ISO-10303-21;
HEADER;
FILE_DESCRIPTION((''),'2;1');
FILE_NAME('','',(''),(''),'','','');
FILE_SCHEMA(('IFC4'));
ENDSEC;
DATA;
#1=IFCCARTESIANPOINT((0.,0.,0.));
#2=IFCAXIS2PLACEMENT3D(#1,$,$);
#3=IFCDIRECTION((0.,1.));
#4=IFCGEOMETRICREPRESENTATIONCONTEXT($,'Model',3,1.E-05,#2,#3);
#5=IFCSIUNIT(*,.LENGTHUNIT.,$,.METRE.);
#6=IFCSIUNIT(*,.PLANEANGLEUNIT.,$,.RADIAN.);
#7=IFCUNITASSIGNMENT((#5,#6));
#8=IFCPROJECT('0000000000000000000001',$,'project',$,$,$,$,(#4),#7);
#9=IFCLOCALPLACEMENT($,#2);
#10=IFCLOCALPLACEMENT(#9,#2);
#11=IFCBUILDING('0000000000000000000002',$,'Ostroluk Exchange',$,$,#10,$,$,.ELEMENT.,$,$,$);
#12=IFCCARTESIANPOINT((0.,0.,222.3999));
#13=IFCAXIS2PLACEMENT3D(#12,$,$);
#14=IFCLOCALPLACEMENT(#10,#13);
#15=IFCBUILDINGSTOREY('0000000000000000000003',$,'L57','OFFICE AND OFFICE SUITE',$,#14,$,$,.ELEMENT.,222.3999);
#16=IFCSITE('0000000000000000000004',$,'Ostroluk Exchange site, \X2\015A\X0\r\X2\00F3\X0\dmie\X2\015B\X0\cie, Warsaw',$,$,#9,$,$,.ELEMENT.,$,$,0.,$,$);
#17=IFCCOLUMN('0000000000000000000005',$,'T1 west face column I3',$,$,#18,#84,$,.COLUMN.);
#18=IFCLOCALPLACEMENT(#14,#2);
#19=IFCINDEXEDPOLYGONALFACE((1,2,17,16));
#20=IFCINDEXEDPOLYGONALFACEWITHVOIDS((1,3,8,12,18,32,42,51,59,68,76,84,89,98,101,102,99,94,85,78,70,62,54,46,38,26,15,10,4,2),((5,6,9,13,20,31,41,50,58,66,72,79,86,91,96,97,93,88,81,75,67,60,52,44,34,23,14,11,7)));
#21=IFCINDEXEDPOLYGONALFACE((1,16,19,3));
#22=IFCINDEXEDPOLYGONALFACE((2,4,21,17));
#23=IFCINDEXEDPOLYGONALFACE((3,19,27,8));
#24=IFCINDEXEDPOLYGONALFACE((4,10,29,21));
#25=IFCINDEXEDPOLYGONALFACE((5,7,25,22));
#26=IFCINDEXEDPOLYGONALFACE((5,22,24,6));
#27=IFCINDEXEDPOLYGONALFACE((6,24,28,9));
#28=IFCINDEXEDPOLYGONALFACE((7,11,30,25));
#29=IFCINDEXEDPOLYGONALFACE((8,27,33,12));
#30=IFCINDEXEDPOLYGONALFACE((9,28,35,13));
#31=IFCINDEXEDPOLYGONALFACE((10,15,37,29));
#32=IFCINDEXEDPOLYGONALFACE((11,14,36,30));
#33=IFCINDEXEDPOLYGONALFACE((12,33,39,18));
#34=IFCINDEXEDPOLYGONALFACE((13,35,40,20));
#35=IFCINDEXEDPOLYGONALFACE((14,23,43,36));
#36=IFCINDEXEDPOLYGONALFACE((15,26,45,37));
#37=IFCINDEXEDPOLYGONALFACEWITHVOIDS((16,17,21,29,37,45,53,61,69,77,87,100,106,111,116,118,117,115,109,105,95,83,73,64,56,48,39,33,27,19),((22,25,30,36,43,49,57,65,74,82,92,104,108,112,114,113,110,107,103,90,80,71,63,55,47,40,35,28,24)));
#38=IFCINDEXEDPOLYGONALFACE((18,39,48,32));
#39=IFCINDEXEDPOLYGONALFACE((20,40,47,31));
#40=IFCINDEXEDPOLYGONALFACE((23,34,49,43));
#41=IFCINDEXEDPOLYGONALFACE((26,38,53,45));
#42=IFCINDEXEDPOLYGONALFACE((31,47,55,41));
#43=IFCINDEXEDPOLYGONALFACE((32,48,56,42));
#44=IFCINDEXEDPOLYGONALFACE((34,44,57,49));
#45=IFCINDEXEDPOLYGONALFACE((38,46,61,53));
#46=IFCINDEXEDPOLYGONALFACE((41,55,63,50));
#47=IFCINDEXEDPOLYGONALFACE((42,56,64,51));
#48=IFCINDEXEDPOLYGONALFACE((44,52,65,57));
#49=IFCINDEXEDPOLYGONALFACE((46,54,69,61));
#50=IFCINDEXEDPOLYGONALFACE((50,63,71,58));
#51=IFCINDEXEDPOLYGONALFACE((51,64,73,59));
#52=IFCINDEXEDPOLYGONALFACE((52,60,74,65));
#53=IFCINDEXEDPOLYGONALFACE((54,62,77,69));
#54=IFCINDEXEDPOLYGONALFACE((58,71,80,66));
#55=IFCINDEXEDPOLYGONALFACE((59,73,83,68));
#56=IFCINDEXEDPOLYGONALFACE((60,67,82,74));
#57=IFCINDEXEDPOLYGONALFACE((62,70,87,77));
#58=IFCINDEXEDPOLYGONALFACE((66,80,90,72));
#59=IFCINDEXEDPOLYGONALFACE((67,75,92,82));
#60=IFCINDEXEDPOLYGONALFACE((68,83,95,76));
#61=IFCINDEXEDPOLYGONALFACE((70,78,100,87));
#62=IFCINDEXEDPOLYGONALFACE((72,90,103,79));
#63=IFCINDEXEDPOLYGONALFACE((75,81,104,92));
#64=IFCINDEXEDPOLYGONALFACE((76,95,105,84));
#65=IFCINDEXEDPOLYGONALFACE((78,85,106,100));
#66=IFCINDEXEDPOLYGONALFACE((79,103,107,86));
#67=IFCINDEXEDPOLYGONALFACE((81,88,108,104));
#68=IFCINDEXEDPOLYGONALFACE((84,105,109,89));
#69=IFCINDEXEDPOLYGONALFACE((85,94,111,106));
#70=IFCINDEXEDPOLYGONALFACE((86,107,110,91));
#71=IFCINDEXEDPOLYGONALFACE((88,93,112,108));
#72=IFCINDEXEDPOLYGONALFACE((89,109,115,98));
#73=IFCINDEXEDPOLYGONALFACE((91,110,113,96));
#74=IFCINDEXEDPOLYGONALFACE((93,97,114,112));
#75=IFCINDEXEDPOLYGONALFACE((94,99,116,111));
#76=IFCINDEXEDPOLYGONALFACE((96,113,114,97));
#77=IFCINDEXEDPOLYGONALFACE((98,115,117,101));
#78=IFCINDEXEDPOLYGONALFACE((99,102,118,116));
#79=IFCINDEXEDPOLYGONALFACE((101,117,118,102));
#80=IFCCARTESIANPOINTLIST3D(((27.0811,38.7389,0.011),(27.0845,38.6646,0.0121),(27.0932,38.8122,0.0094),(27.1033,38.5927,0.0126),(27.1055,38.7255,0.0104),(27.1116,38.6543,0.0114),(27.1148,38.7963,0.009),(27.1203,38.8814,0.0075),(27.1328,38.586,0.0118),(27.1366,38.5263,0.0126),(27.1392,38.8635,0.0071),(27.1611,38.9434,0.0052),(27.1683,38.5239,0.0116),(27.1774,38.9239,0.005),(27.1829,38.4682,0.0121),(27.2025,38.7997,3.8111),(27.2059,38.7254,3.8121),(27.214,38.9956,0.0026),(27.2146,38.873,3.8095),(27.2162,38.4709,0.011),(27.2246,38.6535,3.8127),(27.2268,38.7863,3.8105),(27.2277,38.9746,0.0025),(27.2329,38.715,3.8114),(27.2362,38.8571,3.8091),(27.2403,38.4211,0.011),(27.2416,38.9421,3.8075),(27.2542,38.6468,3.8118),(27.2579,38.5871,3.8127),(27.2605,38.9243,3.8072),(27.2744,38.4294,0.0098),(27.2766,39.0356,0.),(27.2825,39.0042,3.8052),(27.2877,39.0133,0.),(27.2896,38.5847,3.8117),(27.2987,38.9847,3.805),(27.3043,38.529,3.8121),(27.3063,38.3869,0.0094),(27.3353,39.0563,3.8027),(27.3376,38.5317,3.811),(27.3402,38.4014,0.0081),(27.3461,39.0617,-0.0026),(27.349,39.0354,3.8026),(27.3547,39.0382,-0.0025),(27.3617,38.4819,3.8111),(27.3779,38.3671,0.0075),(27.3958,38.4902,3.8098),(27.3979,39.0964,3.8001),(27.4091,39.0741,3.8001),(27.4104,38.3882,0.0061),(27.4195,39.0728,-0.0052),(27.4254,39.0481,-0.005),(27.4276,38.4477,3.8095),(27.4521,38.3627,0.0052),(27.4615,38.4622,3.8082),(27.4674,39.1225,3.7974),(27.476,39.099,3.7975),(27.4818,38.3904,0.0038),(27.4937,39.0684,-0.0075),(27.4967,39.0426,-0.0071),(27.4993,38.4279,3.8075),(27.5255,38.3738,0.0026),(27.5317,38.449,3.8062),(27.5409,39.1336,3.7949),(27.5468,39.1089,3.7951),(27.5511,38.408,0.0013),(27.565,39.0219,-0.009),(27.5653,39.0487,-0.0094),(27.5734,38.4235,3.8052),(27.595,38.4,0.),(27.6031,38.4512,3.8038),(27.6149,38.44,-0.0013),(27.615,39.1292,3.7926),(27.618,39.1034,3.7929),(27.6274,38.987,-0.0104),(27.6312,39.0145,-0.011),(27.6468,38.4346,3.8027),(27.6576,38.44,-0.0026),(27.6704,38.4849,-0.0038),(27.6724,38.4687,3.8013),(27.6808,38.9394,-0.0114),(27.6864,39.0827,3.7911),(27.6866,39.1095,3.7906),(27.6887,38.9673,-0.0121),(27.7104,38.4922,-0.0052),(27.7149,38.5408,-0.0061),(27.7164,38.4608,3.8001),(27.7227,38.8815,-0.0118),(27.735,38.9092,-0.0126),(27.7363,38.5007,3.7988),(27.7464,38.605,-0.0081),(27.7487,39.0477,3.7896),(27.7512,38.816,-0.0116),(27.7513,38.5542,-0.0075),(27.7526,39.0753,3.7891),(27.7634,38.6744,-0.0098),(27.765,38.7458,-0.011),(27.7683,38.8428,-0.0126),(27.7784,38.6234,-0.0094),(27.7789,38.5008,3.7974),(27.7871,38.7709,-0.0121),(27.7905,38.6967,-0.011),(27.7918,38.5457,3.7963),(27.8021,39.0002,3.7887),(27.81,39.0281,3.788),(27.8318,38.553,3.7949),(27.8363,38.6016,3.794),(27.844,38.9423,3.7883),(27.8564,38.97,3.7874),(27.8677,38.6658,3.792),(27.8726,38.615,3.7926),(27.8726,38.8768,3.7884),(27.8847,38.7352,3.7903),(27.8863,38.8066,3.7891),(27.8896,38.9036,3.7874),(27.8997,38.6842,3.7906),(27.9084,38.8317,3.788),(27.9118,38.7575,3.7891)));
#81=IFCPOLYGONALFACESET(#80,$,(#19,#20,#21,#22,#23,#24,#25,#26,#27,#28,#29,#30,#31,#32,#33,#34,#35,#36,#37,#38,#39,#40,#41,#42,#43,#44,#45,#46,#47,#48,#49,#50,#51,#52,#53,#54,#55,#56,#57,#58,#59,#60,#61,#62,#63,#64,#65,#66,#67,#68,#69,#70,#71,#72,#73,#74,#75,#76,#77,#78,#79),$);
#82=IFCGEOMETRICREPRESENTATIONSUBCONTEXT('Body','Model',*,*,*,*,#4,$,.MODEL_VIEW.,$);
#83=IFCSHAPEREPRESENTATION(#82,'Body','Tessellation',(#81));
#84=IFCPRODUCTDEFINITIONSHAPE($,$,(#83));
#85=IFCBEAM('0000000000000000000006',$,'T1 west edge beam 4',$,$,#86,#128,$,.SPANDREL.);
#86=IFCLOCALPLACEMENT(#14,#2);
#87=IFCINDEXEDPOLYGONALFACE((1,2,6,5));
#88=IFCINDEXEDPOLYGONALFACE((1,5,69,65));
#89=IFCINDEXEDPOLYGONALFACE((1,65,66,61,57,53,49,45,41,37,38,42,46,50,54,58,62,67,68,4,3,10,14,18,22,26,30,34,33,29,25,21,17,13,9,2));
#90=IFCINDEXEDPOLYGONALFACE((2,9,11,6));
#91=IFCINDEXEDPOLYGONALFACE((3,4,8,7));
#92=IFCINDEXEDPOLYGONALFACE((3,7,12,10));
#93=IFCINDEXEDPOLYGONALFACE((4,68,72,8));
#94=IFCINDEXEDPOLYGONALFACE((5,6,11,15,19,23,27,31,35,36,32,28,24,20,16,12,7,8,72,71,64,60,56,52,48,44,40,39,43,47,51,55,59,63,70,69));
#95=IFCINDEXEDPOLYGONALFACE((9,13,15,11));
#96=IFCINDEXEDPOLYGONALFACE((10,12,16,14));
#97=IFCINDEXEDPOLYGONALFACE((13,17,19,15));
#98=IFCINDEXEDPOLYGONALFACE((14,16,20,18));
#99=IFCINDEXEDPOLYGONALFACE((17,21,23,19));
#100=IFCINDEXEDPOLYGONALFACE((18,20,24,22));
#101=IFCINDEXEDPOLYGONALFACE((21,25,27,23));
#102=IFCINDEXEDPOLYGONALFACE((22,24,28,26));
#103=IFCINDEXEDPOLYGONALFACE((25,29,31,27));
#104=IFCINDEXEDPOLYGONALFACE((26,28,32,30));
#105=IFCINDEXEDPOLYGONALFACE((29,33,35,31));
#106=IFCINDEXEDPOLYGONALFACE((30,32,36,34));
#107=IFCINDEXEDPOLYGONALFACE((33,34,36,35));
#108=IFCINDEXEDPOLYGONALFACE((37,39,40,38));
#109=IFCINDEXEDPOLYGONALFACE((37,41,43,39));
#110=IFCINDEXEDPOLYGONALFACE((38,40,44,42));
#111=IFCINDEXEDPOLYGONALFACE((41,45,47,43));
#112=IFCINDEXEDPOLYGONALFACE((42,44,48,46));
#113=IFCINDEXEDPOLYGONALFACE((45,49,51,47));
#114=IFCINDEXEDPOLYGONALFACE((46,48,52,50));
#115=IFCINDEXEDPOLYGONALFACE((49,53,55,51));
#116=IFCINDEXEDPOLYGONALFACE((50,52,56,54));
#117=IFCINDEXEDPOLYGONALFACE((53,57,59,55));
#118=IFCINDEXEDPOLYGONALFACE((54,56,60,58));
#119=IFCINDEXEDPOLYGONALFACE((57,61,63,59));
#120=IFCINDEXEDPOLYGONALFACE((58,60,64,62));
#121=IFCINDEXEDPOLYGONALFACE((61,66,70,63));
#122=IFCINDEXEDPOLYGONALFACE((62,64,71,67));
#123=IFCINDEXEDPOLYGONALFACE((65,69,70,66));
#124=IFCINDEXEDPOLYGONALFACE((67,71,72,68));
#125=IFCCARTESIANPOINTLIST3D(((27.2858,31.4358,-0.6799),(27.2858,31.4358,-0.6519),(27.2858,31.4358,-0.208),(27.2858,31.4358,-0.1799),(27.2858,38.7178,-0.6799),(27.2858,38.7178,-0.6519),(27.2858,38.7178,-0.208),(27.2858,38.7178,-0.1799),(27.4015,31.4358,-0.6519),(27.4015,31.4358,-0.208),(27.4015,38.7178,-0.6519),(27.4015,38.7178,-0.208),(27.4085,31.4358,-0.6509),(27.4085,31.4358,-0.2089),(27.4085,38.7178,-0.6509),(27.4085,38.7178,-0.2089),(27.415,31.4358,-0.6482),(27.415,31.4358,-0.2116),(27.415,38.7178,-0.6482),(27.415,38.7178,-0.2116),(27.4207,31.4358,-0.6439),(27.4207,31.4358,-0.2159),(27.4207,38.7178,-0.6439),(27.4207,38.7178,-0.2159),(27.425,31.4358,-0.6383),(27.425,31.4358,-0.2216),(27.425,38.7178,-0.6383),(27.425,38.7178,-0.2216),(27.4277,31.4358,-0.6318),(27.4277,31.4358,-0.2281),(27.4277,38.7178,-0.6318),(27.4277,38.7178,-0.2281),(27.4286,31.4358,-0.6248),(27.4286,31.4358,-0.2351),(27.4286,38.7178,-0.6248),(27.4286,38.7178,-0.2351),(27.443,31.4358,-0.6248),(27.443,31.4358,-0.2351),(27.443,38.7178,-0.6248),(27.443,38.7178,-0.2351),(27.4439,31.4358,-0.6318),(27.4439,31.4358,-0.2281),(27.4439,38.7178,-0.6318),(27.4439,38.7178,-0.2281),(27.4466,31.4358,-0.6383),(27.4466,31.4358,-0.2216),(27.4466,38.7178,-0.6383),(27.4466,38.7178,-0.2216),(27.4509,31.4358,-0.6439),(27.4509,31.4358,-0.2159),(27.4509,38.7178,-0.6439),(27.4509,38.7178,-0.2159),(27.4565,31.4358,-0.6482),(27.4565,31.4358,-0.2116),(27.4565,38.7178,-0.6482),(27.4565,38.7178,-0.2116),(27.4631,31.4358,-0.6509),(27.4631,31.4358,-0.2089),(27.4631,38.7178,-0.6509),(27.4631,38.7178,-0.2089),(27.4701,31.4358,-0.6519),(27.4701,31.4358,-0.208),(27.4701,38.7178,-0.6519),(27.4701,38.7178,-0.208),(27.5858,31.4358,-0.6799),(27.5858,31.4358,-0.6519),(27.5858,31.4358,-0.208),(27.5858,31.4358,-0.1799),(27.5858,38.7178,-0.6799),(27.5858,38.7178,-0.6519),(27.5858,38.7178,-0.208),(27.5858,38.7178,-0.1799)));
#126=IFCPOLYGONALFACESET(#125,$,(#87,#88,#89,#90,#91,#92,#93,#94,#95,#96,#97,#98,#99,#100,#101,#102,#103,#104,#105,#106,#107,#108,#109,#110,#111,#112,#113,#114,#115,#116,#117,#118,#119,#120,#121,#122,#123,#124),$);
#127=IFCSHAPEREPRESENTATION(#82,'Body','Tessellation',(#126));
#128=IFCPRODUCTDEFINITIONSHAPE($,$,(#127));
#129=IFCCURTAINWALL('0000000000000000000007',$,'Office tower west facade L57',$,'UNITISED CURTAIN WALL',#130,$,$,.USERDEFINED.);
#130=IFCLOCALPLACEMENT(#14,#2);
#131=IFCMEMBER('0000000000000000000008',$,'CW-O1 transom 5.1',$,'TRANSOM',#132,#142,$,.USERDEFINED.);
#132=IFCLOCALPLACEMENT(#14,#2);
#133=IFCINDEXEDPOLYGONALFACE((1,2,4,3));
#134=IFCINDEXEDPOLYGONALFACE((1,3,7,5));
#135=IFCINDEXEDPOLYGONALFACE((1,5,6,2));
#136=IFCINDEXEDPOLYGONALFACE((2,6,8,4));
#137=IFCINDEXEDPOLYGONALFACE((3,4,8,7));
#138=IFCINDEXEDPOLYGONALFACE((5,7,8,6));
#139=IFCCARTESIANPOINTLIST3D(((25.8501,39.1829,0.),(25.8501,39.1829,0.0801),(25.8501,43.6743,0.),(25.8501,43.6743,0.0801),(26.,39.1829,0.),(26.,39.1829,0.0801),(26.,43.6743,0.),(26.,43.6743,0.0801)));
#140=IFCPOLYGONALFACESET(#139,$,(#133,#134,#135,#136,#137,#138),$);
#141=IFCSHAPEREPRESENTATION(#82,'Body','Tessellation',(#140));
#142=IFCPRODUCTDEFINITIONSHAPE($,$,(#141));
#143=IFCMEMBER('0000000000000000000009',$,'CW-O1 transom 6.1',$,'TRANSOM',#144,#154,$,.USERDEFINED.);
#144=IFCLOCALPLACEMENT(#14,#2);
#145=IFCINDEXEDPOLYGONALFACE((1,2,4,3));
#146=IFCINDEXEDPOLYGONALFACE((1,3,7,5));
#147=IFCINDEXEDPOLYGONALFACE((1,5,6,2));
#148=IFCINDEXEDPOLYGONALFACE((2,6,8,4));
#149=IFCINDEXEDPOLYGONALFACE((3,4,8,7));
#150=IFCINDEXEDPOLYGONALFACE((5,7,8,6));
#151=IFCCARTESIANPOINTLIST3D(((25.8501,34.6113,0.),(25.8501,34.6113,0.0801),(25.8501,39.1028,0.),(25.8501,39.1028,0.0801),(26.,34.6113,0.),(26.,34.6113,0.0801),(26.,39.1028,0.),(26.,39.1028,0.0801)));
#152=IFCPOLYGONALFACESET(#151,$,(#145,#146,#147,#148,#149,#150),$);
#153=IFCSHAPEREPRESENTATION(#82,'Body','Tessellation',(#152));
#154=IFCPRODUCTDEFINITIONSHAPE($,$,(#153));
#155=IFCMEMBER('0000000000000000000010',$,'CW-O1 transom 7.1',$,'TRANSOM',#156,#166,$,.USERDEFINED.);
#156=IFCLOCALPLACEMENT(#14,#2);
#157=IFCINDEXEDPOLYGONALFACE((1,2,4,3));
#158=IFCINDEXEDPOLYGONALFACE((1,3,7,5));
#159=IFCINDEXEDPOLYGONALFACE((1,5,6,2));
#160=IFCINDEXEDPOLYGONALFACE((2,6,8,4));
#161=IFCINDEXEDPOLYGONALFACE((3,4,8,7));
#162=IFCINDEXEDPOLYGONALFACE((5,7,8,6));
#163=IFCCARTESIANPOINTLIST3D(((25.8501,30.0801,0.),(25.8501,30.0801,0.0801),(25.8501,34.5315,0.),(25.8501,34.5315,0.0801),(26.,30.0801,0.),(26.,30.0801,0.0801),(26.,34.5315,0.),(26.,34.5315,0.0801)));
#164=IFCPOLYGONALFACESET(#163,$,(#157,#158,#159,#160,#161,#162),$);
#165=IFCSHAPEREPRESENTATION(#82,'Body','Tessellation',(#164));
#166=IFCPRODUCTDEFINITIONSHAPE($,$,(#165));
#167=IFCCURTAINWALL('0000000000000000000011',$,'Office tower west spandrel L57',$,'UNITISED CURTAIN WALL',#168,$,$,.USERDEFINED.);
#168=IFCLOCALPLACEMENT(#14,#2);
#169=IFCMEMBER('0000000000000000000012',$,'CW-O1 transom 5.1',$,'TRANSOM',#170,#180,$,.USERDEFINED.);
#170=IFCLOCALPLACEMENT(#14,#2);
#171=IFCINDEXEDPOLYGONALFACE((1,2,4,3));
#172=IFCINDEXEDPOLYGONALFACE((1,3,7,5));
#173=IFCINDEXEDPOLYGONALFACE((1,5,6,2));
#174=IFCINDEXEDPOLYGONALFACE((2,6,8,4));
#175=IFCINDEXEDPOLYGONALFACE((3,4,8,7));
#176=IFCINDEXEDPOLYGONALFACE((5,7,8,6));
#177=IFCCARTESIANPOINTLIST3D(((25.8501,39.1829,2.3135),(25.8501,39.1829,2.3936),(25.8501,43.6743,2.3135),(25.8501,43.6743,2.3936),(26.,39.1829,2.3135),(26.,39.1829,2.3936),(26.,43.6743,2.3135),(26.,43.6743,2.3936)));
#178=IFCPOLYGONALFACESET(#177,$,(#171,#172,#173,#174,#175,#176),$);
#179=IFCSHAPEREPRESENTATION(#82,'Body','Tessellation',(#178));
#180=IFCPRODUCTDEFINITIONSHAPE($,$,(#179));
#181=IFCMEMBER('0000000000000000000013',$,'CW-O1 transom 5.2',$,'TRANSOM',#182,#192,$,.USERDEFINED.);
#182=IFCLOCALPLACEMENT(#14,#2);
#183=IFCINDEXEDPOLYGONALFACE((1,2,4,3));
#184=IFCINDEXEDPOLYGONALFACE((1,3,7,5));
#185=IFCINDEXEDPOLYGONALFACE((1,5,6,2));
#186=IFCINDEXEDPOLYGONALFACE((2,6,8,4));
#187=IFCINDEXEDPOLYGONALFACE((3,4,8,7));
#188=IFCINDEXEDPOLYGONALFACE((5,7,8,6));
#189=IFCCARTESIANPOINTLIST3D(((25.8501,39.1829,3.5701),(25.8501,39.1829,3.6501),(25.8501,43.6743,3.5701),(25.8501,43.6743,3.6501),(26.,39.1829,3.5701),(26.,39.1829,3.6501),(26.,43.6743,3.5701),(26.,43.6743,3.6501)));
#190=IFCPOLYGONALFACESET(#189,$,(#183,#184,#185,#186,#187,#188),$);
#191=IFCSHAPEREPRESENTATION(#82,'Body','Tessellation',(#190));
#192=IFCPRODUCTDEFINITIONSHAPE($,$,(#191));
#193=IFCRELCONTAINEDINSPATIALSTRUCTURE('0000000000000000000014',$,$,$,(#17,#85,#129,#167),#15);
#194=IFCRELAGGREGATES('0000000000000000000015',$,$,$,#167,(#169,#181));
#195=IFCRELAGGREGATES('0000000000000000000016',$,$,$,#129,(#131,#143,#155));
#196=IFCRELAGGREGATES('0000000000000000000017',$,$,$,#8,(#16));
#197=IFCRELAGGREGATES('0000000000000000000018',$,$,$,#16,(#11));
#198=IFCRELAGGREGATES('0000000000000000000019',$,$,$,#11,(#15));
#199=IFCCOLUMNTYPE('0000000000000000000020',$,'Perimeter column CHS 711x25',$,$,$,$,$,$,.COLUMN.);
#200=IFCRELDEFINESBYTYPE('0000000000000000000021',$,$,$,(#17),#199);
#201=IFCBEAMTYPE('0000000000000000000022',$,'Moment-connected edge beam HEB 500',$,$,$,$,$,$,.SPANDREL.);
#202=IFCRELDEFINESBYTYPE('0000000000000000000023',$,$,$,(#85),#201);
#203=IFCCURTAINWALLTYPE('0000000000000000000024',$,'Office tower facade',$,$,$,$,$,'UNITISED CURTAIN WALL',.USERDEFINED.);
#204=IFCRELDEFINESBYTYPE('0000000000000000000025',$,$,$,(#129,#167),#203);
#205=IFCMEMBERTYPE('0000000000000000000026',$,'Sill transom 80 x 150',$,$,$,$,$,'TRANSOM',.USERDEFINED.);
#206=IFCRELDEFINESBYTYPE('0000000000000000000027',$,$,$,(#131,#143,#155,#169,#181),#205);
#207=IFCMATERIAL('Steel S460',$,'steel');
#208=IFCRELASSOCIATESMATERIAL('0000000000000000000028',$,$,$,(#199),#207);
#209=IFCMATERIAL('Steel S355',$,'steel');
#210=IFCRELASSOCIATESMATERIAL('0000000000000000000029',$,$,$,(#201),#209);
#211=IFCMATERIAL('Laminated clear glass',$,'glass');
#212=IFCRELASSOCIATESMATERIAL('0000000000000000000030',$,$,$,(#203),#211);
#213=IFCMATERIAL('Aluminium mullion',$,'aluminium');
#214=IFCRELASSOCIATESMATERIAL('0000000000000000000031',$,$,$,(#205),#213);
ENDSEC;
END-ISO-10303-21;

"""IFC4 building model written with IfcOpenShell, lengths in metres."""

from ifc_helpers import new_model, si_unit, direction, frame, origin, origin_2d, place, context, subcontext, project, spatial, rectangle, hollow_circle, i_section, extrude, material, material_profile, profile_set, type_object, element, aggregate, save


model = new_model("IFC4")

# Units and contexts
model_context = context("Model", 3, precision=1e-05, world=origin(), true_north=direction((0.0, 1.0)))
body_context = subcontext(model_context, "Body", "Model", "MODEL_VIEW")
ifc_project = project(units=[si_unit("LENGTHUNIT", "METRE"), si_unit("PLANEANGLEUNIT", "RADIAN")], contexts=[model_context])

# Site, building, storey
site_placement = place(None, origin())
site = spatial("IfcSite", under=ifc_project, at=site_placement, Name="Ostroluk Exchange site, Śródmieście, Warsaw", CompositionType="ELEMENT", RefElevation=0.0)
building_placement = place(site_placement, origin())
building = spatial("IfcBuilding", under=site, at=building_placement, Name="Ostroluk Exchange", CompositionType="ELEMENT")
storey_placement = place(building_placement, frame((0.0, 0.0, 222.3999)))
storey = spatial("IfcBuildingStorey", under=building, at=storey_placement, Name="L57", Description="OFFICE AND OFFICE SUITE", CompositionType="ELEMENT", Elevation=222.3999)

# Column
ifc_material_1 = material(Name="Steel S460", Category="steel")
ifc_material_profile_1 = material_profile(ifc_material_1, hollow_circle(Radius=0.3555, WallThickness=0.0249, at=origin_2d()), Name="CHS 711x25")
ifc_profile_set_1 = profile_set([ifc_material_profile_1], Name="Steel S460")
column_type = type_object("IfcColumnType", Name="Perimeter column CHS 711x25", PredefinedType="COLUMN", material=ifc_profile_set_1)
column_placement = place(storey_placement, frame((27.4358, 38.7178, 0.0), z_axis=(0.03191, 0.015987, 0.999363), x_axis=(-0.447933, 0.894067, 0.0)))
element("IfcColumn", 1, at=column_placement, inside=storey, type_object=column_type, Name="T1 west face column I3", PredefinedType="COLUMN", context=body_context, shape_type="SweptSolid", body=[
    extrude(hollow_circle(Radius=0.3555, WallThickness=0.0249, at=origin_2d()), origin(), (0.0, 0.0, 1.0), 3.8025),
])

# Beam
ifc_material_2 = material(Name="Steel S355", Category="steel")
ifc_material_profile_2 = material_profile(ifc_material_2, i_section(OverallWidth=0.3, OverallDepth=0.5, WebThickness=0.0144, FlangeThickness=0.0281, FilletRadius=0.0271, at=origin_2d()), Name="HEB 500")
ifc_profile_set_2 = profile_set([ifc_material_profile_2], Name="Steel S355")
beam_type = type_object("IfcBeamType", Name="Moment-connected edge beam HEB 500", PredefinedType="SPANDREL", material=ifc_profile_set_2)
beam_placement = place(storey_placement, frame((27.4358, 38.7178, -0.4299), z_axis=(0.0, -1.0, 0.0), x_axis=(1.0, 0.0, 0.0)))
element("IfcBeam", 2, at=beam_placement, inside=storey, type_object=beam_type, Name="T1 west edge beam 4", PredefinedType="SPANDREL", context=body_context, shape_type="SweptSolid", body=[
    extrude(i_section(OverallWidth=0.3, OverallDepth=0.5, WebThickness=0.0144, FlangeThickness=0.0281, FilletRadius=0.0271, at=origin_2d()), origin(), (0.0, 0.0, 1.0), 7.282),
])

# Curtain walls, members
ifc_material_3 = material(Name="Laminated clear glass", Category="glass")
curtain_wall_type = type_object("IfcCurtainWallType", Name="Office tower facade", ElementType="UNITISED CURTAIN WALL", PredefinedType="USERDEFINED", material=ifc_material_3)
curtain_wall_1_placement = place(storey_placement, origin())
curtain_wall_1 = element("IfcCurtainWall", 3, at=curtain_wall_1_placement, inside=storey, type_object=curtain_wall_type, Name="Office tower west facade L57", ObjectType="UNITISED CURTAIN WALL", PredefinedType="USERDEFINED")
ifc_material_4 = material(Name="Aluminium mullion", Category="aluminium")
ifc_material_profile_3 = material_profile(ifc_material_4, rectangle(XDim=0.1499, YDim=0.0801, at=origin_2d()), Name="Sill transom 80 x 150")
ifc_profile_set_3 = profile_set([ifc_material_profile_3], Name="Aluminium mullion")
member_type_1 = type_object("IfcMemberType", Name="Sill transom 80 x 150", ElementType="TRANSOM", PredefinedType="USERDEFINED", material=ifc_profile_set_3)
member_1_placement = place(storey_placement, frame((25.925, 43.6743, 0.04), z_axis=(0.0, -1.0, 0.0), x_axis=(1.0, 0.0, 0.0)))
member_1 = element("IfcMember", 4, at=member_1_placement, type_object=member_type_1, Name="CW-O1 transom 5.1", ObjectType="TRANSOM", PredefinedType="USERDEFINED", context=body_context, shape_type="SweptSolid", body=[
    extrude(rectangle(XDim=0.1499, YDim=0.0801, at=origin_2d()), origin(), (0.0, 0.0, 1.0), 4.4915),
])
member_2_placement = place(storey_placement, frame((25.925, 39.1028, 0.04), z_axis=(0.0, -1.0, 0.0), x_axis=(1.0, 0.0, 0.0)))
member_2 = element("IfcMember", 5, at=member_2_placement, type_object=member_type_1, Name="CW-O1 transom 6.1", ObjectType="TRANSOM", PredefinedType="USERDEFINED", context=body_context, shape_type="SweptSolid", body=[
    extrude(rectangle(XDim=0.1499, YDim=0.0801, at=origin_2d()), origin(), (0.0, 0.0, 1.0), 4.4915),
])
member_3_placement = place(storey_placement, frame((25.925, 34.5315, 0.04), z_axis=(0.0, -1.0, 0.0), x_axis=(1.0, 0.0, 0.0)))
member_3 = element("IfcMember", 6, at=member_3_placement, type_object=member_type_1, Name="CW-O1 transom 7.1", ObjectType="TRANSOM", PredefinedType="USERDEFINED", context=body_context, shape_type="SweptSolid", body=[
    extrude(rectangle(XDim=0.1499, YDim=0.0801, at=origin_2d()), origin(), (0.0, 0.0, 1.0), 4.4514),
])
curtain_wall_2_placement = place(storey_placement, origin())
curtain_wall_2 = element("IfcCurtainWall", 7, at=curtain_wall_2_placement, inside=storey, type_object=curtain_wall_type, Name="Office tower west spandrel L57", ObjectType="UNITISED CURTAIN WALL", PredefinedType="USERDEFINED")
member_4_placement = place(storey_placement, frame((25.925, 43.6743, 2.3535), z_axis=(0.0, -1.0, 0.0), x_axis=(1.0, 0.0, 0.0)))
member_4 = element("IfcMember", 8, at=member_4_placement, type_object=member_type_1, Name="CW-O1 transom 5.1", ObjectType="TRANSOM", PredefinedType="USERDEFINED", context=body_context, shape_type="SweptSolid", body=[
    extrude(rectangle(XDim=0.1499, YDim=0.0801, at=origin_2d()), origin(), (0.0, 0.0, 1.0), 4.4915),
])
member_5_placement = place(storey_placement, frame((25.925, 43.6743, 3.6101), z_axis=(0.0, -1.0, 0.0), x_axis=(1.0, 0.0, 0.0)))
member_5 = element("IfcMember", 9, at=member_5_placement, type_object=member_type_1, Name="CW-O1 transom 5.2", ObjectType="TRANSOM", PredefinedType="USERDEFINED", context=body_context, shape_type="SweptSolid", body=[
    extrude(rectangle(XDim=0.1499, YDim=0.0801, at=origin_2d()), origin(), (0.0, 0.0, 1.0), 4.4915),
])

aggregate(curtain_wall_2, [member_4, member_5])
aggregate(curtain_wall_1, [member_1, member_2, member_3])

save(model, "model.ifc")
